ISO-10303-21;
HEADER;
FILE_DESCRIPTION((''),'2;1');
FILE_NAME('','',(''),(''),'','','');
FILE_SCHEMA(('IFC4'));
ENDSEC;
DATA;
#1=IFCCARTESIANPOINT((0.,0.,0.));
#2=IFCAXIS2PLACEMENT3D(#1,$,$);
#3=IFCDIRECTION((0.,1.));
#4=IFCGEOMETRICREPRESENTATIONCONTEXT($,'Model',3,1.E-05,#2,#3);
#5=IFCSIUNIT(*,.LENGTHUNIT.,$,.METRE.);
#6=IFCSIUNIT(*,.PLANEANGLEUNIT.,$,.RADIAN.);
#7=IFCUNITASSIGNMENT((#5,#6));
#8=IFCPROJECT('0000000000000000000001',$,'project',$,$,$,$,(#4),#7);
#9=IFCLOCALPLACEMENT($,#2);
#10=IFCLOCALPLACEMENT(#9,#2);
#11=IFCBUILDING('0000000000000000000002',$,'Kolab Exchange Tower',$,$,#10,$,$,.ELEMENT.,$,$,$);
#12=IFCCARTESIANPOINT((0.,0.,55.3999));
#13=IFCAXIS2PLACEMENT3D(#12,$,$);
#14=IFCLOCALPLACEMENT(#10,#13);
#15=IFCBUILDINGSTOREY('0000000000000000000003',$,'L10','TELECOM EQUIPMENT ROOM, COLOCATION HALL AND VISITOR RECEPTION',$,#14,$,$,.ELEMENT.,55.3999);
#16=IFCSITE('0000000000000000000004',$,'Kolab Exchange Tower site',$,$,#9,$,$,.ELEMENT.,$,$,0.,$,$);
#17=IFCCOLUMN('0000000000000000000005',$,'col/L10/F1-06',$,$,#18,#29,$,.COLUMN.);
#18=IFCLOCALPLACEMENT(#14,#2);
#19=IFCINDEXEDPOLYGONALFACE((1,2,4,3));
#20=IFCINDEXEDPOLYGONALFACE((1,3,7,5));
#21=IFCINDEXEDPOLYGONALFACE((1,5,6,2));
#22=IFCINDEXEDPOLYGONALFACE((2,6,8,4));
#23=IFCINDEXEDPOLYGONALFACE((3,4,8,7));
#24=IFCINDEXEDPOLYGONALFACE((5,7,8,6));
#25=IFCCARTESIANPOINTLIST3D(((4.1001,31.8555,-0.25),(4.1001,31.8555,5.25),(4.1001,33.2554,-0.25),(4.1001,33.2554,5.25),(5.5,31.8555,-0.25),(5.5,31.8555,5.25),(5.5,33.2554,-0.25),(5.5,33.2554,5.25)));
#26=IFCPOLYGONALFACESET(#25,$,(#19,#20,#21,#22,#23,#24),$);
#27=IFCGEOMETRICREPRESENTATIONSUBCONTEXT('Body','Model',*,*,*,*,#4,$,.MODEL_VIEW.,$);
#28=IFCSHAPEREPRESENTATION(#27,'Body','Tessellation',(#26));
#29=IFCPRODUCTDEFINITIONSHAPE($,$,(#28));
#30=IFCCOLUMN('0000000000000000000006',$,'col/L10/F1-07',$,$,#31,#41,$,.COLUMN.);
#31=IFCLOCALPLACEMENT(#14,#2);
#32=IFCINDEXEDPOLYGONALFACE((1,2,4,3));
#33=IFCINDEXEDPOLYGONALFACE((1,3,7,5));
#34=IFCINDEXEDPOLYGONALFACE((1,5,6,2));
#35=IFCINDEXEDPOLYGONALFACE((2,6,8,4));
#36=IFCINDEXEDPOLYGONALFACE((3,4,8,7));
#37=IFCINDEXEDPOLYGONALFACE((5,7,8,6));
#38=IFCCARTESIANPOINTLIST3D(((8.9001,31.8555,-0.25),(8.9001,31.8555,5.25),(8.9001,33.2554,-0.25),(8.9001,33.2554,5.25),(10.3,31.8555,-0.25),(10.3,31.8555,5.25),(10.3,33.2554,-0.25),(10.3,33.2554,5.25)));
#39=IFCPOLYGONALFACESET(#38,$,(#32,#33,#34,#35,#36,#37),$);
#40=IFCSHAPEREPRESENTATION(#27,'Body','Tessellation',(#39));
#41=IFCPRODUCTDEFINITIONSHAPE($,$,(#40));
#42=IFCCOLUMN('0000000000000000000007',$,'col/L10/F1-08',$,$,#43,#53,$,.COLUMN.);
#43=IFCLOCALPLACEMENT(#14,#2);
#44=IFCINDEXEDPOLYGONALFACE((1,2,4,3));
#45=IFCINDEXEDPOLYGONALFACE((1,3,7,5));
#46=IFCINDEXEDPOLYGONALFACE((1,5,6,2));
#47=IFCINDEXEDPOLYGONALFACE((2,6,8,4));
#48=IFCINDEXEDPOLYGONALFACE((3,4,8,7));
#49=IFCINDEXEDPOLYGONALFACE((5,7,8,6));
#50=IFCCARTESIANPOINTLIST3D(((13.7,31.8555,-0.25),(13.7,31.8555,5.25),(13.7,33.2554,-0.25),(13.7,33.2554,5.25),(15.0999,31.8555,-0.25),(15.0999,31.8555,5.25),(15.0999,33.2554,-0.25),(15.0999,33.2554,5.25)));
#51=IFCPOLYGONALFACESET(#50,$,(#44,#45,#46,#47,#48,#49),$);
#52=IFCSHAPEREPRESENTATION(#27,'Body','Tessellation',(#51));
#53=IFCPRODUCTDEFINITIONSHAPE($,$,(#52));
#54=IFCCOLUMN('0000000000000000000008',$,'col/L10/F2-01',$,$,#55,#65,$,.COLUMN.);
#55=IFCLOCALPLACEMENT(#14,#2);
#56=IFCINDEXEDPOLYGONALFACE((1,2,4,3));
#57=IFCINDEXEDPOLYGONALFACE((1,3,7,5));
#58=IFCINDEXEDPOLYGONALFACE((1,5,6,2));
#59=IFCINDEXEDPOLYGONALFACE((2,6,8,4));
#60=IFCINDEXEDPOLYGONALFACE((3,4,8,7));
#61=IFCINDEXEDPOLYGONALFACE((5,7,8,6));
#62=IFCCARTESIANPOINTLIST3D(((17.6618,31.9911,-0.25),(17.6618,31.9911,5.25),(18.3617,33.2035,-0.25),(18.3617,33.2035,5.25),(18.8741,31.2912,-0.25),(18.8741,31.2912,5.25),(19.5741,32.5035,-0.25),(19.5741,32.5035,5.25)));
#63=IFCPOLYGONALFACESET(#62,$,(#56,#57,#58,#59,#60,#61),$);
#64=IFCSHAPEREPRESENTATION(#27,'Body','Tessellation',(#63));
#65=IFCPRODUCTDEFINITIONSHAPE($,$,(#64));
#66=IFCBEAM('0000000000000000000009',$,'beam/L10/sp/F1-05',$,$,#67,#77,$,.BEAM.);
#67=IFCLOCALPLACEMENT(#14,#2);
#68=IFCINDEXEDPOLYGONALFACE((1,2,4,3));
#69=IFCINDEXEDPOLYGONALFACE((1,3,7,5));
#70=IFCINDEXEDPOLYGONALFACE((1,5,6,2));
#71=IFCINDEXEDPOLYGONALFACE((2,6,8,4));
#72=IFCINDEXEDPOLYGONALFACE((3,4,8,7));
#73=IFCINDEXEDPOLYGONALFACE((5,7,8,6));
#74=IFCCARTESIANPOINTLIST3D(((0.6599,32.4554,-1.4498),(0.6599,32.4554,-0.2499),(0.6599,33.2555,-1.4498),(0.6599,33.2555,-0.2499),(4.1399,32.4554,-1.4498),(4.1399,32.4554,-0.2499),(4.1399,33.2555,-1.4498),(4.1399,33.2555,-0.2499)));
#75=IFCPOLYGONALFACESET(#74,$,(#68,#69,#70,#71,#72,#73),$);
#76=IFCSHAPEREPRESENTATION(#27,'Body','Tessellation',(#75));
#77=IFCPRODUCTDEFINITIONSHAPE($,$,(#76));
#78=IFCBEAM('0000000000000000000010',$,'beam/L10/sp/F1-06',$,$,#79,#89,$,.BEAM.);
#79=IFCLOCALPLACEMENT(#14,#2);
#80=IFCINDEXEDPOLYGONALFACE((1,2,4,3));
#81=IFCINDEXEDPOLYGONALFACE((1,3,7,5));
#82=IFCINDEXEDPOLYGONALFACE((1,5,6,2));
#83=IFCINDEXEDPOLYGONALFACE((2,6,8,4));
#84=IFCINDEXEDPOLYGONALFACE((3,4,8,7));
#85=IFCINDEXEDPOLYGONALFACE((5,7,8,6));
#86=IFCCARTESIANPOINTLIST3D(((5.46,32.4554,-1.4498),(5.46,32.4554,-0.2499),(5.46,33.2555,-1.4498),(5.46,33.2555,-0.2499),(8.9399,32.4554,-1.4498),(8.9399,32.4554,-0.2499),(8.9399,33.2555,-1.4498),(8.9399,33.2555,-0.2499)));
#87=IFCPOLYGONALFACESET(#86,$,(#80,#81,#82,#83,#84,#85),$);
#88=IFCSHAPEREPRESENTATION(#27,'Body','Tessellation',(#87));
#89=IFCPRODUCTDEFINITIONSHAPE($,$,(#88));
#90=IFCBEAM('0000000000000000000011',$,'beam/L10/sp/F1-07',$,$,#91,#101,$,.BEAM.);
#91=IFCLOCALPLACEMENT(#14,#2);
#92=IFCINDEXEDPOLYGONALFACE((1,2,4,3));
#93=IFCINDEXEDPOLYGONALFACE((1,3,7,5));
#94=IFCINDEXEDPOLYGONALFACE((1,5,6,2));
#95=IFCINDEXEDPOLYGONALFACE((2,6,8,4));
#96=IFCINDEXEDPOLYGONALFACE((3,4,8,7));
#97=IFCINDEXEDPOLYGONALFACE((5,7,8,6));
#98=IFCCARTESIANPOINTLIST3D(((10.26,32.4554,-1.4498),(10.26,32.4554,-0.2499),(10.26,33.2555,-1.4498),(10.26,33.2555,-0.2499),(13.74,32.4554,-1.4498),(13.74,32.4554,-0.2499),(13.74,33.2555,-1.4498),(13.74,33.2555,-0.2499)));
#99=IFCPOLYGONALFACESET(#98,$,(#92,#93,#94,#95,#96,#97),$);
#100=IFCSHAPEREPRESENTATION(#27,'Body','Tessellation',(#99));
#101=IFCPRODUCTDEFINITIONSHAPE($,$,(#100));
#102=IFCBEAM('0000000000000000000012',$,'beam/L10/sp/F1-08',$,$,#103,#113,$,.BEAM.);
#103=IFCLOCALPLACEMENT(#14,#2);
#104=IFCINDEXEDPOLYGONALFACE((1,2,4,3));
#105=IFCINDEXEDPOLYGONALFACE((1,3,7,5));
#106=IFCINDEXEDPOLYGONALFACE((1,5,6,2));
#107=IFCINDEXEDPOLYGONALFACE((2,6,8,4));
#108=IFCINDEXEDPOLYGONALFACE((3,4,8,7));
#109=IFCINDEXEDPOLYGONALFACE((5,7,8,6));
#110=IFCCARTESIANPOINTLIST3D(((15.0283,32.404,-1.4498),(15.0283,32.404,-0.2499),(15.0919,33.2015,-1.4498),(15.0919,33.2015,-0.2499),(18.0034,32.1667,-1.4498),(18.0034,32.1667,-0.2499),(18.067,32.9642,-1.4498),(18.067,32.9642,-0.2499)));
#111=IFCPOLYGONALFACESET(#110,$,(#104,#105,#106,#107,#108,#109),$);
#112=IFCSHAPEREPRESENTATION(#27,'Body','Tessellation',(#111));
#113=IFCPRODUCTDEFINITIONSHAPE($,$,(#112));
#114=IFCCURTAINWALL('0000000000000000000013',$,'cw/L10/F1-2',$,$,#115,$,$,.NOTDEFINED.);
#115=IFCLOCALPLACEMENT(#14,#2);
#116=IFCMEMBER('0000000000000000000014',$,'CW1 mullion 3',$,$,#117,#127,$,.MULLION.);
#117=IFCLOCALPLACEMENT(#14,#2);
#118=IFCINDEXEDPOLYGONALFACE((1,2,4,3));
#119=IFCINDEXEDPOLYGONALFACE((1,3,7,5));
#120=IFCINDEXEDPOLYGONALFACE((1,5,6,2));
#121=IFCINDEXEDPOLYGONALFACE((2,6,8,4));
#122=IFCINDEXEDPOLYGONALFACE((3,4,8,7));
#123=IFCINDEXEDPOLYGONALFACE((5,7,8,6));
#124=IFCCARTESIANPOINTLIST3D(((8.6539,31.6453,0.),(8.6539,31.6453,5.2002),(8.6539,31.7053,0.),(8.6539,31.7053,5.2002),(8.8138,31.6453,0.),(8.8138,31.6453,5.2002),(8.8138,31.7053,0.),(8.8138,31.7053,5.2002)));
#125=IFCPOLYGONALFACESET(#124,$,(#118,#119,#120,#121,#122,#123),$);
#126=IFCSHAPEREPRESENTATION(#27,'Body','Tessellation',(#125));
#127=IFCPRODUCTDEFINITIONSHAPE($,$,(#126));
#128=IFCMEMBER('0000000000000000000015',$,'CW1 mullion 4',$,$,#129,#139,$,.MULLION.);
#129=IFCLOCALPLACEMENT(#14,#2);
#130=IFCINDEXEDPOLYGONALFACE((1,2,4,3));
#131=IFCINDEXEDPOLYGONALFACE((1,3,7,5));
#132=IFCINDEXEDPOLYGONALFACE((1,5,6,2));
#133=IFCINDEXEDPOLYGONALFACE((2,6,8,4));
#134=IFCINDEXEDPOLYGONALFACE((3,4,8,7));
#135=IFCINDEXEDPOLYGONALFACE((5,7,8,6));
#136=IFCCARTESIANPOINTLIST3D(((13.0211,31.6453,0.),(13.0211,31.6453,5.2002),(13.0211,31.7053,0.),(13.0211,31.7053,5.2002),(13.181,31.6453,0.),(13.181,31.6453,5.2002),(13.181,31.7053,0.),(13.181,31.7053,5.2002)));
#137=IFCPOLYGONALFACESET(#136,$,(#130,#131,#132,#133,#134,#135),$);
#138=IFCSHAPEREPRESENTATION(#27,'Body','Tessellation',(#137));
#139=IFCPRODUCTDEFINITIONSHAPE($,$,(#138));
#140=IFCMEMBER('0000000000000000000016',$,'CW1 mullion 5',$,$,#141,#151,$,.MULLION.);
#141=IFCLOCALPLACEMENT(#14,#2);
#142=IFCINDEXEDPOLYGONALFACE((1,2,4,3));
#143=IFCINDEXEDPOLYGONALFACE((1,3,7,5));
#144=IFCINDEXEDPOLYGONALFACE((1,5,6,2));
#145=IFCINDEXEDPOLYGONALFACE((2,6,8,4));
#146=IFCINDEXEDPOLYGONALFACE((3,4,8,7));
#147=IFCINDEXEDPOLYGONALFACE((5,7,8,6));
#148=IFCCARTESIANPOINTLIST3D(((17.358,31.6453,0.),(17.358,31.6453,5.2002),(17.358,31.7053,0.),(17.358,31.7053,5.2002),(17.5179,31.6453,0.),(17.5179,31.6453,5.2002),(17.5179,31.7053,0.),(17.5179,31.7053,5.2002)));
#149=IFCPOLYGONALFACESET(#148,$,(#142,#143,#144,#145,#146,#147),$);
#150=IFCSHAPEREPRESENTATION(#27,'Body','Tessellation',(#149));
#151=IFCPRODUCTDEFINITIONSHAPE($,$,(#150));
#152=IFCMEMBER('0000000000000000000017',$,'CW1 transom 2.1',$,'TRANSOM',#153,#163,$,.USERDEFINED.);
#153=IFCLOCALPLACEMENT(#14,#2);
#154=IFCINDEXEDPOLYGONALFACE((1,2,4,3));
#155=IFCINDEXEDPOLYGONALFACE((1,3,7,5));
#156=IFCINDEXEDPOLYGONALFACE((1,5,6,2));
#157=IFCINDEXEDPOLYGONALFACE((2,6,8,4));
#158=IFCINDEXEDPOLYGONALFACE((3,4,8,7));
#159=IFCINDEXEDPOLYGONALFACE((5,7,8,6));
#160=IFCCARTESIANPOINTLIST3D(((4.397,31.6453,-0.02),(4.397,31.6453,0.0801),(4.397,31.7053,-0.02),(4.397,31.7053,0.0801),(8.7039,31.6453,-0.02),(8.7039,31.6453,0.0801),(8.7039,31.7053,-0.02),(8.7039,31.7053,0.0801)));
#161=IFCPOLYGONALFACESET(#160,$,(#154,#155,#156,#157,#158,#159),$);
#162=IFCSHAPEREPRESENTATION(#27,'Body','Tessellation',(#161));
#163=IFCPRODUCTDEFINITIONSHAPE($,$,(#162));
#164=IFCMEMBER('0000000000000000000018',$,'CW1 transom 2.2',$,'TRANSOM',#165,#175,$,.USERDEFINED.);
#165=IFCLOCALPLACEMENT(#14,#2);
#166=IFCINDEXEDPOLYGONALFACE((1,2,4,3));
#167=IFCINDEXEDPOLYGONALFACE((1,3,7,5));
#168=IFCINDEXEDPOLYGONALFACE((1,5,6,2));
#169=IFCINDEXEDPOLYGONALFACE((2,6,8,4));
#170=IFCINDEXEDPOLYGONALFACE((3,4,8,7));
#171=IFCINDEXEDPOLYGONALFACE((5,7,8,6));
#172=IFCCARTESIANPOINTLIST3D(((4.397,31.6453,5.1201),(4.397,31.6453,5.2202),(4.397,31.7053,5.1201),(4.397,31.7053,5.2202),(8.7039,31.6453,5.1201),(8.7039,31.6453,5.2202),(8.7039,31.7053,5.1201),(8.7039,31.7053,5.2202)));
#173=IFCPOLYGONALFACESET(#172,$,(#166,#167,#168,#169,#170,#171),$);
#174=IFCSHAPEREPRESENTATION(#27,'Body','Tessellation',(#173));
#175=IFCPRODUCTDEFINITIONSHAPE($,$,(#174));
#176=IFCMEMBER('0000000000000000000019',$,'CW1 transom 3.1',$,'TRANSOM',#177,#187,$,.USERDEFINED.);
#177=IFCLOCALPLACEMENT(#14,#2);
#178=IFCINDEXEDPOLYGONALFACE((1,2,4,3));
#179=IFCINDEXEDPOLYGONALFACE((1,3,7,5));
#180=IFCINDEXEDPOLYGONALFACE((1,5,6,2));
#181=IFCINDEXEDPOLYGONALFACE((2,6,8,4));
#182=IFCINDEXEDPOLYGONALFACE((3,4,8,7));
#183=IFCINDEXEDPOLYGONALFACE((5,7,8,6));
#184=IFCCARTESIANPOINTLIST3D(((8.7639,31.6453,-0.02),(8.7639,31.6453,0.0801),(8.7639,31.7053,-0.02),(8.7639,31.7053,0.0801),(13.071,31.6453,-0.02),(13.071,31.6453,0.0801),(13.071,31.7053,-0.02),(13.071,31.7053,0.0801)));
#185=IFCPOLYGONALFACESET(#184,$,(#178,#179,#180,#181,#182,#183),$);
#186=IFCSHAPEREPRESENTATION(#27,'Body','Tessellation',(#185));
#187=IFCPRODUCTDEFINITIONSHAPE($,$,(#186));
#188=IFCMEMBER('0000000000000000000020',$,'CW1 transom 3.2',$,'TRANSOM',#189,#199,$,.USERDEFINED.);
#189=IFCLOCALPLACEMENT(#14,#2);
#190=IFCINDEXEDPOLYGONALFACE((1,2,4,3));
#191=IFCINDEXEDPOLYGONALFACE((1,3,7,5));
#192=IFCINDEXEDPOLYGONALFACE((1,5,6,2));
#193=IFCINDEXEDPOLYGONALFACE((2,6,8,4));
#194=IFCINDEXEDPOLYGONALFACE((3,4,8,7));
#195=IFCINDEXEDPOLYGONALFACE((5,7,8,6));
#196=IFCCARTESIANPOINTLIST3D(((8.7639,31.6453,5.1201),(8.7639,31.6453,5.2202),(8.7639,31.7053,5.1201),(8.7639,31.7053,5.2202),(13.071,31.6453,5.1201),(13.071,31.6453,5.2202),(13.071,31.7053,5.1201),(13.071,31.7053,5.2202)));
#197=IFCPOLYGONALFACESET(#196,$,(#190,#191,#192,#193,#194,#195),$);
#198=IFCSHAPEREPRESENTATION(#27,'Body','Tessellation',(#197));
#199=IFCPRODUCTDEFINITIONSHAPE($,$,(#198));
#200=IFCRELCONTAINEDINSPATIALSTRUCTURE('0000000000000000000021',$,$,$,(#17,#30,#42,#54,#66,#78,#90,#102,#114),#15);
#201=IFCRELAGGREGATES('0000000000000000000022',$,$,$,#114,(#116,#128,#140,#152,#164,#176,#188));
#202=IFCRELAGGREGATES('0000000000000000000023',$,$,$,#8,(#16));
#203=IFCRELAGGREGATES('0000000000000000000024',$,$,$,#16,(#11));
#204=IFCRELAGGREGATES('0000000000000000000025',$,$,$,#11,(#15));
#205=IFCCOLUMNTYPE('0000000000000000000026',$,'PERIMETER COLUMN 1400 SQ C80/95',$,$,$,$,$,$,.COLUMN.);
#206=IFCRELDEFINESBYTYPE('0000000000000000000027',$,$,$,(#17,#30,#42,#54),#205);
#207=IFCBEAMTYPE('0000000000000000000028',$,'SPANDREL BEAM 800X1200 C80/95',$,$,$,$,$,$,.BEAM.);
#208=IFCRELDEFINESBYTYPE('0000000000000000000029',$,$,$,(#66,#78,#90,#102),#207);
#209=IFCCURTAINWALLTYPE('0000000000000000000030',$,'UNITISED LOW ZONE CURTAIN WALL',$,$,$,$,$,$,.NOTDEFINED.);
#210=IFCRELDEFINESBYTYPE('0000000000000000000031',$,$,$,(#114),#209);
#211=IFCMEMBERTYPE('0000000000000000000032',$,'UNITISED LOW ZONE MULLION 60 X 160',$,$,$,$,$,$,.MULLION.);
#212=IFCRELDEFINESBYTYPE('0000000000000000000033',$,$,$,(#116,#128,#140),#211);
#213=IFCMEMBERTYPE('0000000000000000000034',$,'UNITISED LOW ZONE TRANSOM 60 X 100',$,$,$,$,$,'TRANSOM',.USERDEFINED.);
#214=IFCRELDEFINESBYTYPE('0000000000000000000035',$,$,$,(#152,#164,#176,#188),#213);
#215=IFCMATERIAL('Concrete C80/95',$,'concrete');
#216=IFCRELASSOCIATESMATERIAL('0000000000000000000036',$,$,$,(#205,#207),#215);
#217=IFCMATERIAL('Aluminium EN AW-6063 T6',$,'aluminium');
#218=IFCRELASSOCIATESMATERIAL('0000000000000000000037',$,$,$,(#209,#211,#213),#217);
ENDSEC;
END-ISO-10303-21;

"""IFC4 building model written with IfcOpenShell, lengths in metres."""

from ifc_helpers import new_model, si_unit, direction, frame, origin, origin_2d, place, context, subcontext, project, spatial, rectangle, extrude, material, material_profile, profile_set, type_object, element, aggregate, save


model = new_model("IFC4")

# Units and contexts
model_context = context("Model", 3, precision=1e-05, world=origin(), true_north=direction((0.0, 1.0)))
body_context = subcontext(model_context, "Body", "Model", "MODEL_VIEW")
ifc_project = project(units=[si_unit("LENGTHUNIT", "METRE"), si_unit("PLANEANGLEUNIT", "RADIAN")], contexts=[model_context])

# Site, building, storey
site_placement = place(None, origin())
site = spatial("IfcSite", under=ifc_project, at=site_placement, Name="Kolab Exchange Tower site", CompositionType="ELEMENT", RefElevation=0.0)
building_placement = place(site_placement, origin())
building = spatial("IfcBuilding", under=site, at=building_placement, Name="Kolab Exchange Tower", CompositionType="ELEMENT")
storey_placement = place(building_placement, frame((0.0, 0.0, 55.3999)))
storey = spatial("IfcBuildingStorey", under=building, at=storey_placement, Name="L10", Description="TELECOM EQUIPMENT ROOM, COLOCATION HALL AND VISITOR RECEPTION", CompositionType="ELEMENT", Elevation=55.3999)

# Columns
ifc_material_1 = material(Name="Concrete C80/95", Category="concrete")
ifc_material_profile_1 = material_profile(ifc_material_1, rectangle(XDim=1.3999, YDim=1.3999, at=origin_2d()), Name="RC1400")
ifc_profile_set_1 = profile_set([ifc_material_profile_1], Name="Concrete C80/95")
column_type = type_object("IfcColumnType", Name="PERIMETER COLUMN 1400 SQ C80/95", PredefinedType="COLUMN", material=ifc_profile_set_1)
for number, where, z_axis, x_axis, name in (
    (1, (4.8, 32.5554, -0.25), (0.0, 0.0, 1.0), (1.0, 0.0, 0.0), "col/L10/F1-06"),
    (2, (9.6001, 32.5554, -0.25), (0.0, 0.0, 1.0), (1.0, 0.0, 0.0), "col/L10/F1-07"),
    (3, (14.3999, 32.5554, -0.25), (0.0, 0.0, 1.0), (1.0, 0.0, 0.0), "col/L10/F1-08"),
    (4, (18.6179, 32.2473, -0.25), (0.0, 0.0, 1.0), (0.5, 0.866025, 0.0), "col/L10/F2-01"),
):
    element("IfcColumn", number, at=place(storey_placement, frame(where, z_axis=z_axis, x_axis=x_axis)), inside=storey, type_object=column_type, Name=name, PredefinedType="COLUMN", context=body_context, shape_type="SweptSolid", body=[
        extrude(rectangle(XDim=1.3999, YDim=1.3999, at=origin_2d()), origin(), (0.0, 0.0, 1.0), 5.5),
    ])

# Beams
ifc_material_profile_2 = material_profile(ifc_material_1, rectangle(XDim=0.8, YDim=1.2, at=origin_2d()), Name="RC800X1200")
ifc_profile_set_2 = profile_set([ifc_material_profile_2], Name="Concrete C80/95")
beam_type = type_object("IfcBeamType", Name="SPANDREL BEAM 800X1200 C80/95", PredefinedType="BEAM", material=ifc_profile_set_2)
for number, where, z_axis, x_axis, name in (
    (5, (0.6599, 32.8555, -0.8499), (1.0, 0.0, 0.0), (0.0, 1.0, 0.0), "beam/L10/sp/F1-05"),
    (6, (5.46, 32.8555, -0.8499), (1.0, 0.0, 0.0), (0.0, 1.0, 0.0), "beam/L10/sp/F1-06"),
    (7, (10.26, 32.8555, -0.8499), (1.0, 0.0, 0.0), (0.0, 1.0, 0.0), "beam/L10/sp/F1-07"),
):
    element("IfcBeam", number, at=place(storey_placement, frame(where, z_axis=z_axis, x_axis=x_axis)), inside=storey, type_object=beam_type, Name=name, PredefinedType="BEAM", context=body_context, shape_type="SweptSolid", body=[
        extrude(rectangle(XDim=0.8, YDim=1.2, at=origin_2d()), origin(), (0.0, 0.0, 1.0), 3.48),
    ])
beam_placement = place(storey_placement, frame((15.0601, 32.8027, -0.8499), z_axis=(0.996834, -0.079511, 0.0), x_axis=(0.079511, 0.996834, 0.0)))
element("IfcBeam", 8, at=beam_placement, inside=storey, type_object=beam_type, Name="beam/L10/sp/F1-08", PredefinedType="BEAM", context=body_context, shape_type="SweptSolid", body=[
    extrude(rectangle(XDim=0.8, YDim=1.2, at=origin_2d()), origin(), (0.0, 0.0, 1.0), 2.9846),
])

# Curtain wall, members
ifc_material_2 = material(Name="Aluminium EN AW-6063 T6", Category="aluminium")
curtain_wall_type = type_object("IfcCurtainWallType", Name="UNITISED LOW ZONE CURTAIN WALL", PredefinedType="NOTDEFINED", material=ifc_material_2)
curtain_wall_placement = place(storey_placement, origin())
curtain_wall = element("IfcCurtainWall", 9, at=curtain_wall_placement, inside=storey, type_object=curtain_wall_type, Name="cw/L10/F1-2", PredefinedType="NOTDEFINED")
ifc_material_profile_3 = material_profile(ifc_material_2, rectangle(XDim=0.0601, YDim=0.1599, at=origin_2d()), Name="RECT 60X160")
ifc_profile_set_3 = profile_set([ifc_material_profile_3], Name="Aluminium EN AW-6063 T6")
member_type_1 = type_object("IfcMemberType", Name="UNITISED LOW ZONE MULLION 60 X 160", PredefinedType="MULLION", material=ifc_profile_set_3)
member_1_placement = place(storey_placement, frame((8.7339, 31.6753, 0.0), z_axis=(0.0, 0.0, 1.0), x_axis=(0.0, 1.0, 0.0)))
member_1 = element("IfcMember", 10, at=member_1_placement, type_object=member_type_1, Name="CW1 mullion 3", PredefinedType="MULLION", context=body_context, shape_type="SweptSolid", body=[
    extrude(rectangle(XDim=0.0601, YDim=0.1599, at=origin_2d()), origin(), (0.0, 0.0, 1.0), 5.2002),
])
member_2_placement = place(storey_placement, frame((13.1011, 31.6753, 0.0), z_axis=(0.0, 0.0, 1.0), x_axis=(0.0, 1.0, 0.0)))
member_2 = element("IfcMember", 11, at=member_2_placement, type_object=member_type_1, Name="CW1 mullion 4", PredefinedType="MULLION", context=body_context, shape_type="SweptSolid", body=[
    extrude(rectangle(XDim=0.0601, YDim=0.1599, at=origin_2d()), origin(), (0.0, 0.0, 1.0), 5.2002),
])
member_3_placement = place(storey_placement, frame((17.438, 31.6753, 0.0), z_axis=(0.0, 0.0, 1.0), x_axis=(0.0, 1.0, 0.0)))
member_3 = element("IfcMember", 12, at=member_3_placement, type_object=member_type_1, Name="CW1 mullion 5", PredefinedType="MULLION", context=body_context, shape_type="SweptSolid", body=[
    extrude(rectangle(XDim=0.0601, YDim=0.1599, at=origin_2d()), origin(), (0.0, 0.0, 1.0), 5.2002),
])
ifc_material_profile_4 = material_profile(ifc_material_2, rectangle(XDim=0.0601, YDim=0.1001, at=origin_2d()), Name="RECT 60X100")
ifc_profile_set_4 = profile_set([ifc_material_profile_4], Name="Aluminium EN AW-6063 T6")
member_type_2 = type_object("IfcMemberType", Name="UNITISED LOW ZONE TRANSOM 60 X 100", ElementType="TRANSOM", PredefinedType="USERDEFINED", material=ifc_profile_set_4)
member_4_placement = place(storey_placement, frame((4.397, 31.6753, 0.03), z_axis=(1.0, 0.0, 0.0), x_axis=(0.0, 1.0, 0.0)))
member_4 = element("IfcMember", 13, at=member_4_placement, type_object=member_type_2, Name="CW1 transom 2.1", ObjectType="TRANSOM", PredefinedType="USERDEFINED", context=body_context, shape_type="SweptSolid", body=[
    extrude(rectangle(XDim=0.0601, YDim=0.1001, at=origin_2d()), origin(), (0.0, 0.0, 1.0), 4.3069),
])
member_5_placement = place(storey_placement, frame((4.397, 31.6753, 5.1702), z_axis=(1.0, 0.0, 0.0), x_axis=(0.0, 1.0, 0.0)))
member_5 = element("IfcMember", 14, at=member_5_placement, type_object=member_type_2, Name="CW1 transom 2.2", ObjectType="TRANSOM", PredefinedType="USERDEFINED", context=body_context, shape_type="SweptSolid", body=[
    extrude(rectangle(XDim=0.0601, YDim=0.1001, at=origin_2d()), origin(), (0.0, 0.0, 1.0), 4.3069),
])
member_6_placement = place(storey_placement, frame((8.7639, 31.6753, 0.03), z_axis=(1.0, 0.0, 0.0), x_axis=(0.0, 1.0, 0.0)))
member_6 = element("IfcMember", 15, at=member_6_placement, type_object=member_type_2, Name="CW1 transom 3.1", ObjectType="TRANSOM", PredefinedType="USERDEFINED", context=body_context, shape_type="SweptSolid", body=[
    extrude(rectangle(XDim=0.0601, YDim=0.1001, at=origin_2d()), origin(), (0.0, 0.0, 1.0), 4.3071),
])
member_7_placement = place(storey_placement, frame((8.7639, 31.6753, 5.1702), z_axis=(1.0, 0.0, 0.0), x_axis=(0.0, 1.0, 0.0)))
member_7 = element("IfcMember", 16, at=member_7_placement, type_object=member_type_2, Name="CW1 transom 3.2", ObjectType="TRANSOM", PredefinedType="USERDEFINED", context=body_context, shape_type="SweptSolid", body=[
    extrude(rectangle(XDim=0.0601, YDim=0.1001, at=origin_2d()), origin(), (0.0, 0.0, 1.0), 4.3071),
])
aggregate(curtain_wall, [member_1, member_2, member_3, member_4, member_5, member_6, member_7])

save(model, "model.ifc")
